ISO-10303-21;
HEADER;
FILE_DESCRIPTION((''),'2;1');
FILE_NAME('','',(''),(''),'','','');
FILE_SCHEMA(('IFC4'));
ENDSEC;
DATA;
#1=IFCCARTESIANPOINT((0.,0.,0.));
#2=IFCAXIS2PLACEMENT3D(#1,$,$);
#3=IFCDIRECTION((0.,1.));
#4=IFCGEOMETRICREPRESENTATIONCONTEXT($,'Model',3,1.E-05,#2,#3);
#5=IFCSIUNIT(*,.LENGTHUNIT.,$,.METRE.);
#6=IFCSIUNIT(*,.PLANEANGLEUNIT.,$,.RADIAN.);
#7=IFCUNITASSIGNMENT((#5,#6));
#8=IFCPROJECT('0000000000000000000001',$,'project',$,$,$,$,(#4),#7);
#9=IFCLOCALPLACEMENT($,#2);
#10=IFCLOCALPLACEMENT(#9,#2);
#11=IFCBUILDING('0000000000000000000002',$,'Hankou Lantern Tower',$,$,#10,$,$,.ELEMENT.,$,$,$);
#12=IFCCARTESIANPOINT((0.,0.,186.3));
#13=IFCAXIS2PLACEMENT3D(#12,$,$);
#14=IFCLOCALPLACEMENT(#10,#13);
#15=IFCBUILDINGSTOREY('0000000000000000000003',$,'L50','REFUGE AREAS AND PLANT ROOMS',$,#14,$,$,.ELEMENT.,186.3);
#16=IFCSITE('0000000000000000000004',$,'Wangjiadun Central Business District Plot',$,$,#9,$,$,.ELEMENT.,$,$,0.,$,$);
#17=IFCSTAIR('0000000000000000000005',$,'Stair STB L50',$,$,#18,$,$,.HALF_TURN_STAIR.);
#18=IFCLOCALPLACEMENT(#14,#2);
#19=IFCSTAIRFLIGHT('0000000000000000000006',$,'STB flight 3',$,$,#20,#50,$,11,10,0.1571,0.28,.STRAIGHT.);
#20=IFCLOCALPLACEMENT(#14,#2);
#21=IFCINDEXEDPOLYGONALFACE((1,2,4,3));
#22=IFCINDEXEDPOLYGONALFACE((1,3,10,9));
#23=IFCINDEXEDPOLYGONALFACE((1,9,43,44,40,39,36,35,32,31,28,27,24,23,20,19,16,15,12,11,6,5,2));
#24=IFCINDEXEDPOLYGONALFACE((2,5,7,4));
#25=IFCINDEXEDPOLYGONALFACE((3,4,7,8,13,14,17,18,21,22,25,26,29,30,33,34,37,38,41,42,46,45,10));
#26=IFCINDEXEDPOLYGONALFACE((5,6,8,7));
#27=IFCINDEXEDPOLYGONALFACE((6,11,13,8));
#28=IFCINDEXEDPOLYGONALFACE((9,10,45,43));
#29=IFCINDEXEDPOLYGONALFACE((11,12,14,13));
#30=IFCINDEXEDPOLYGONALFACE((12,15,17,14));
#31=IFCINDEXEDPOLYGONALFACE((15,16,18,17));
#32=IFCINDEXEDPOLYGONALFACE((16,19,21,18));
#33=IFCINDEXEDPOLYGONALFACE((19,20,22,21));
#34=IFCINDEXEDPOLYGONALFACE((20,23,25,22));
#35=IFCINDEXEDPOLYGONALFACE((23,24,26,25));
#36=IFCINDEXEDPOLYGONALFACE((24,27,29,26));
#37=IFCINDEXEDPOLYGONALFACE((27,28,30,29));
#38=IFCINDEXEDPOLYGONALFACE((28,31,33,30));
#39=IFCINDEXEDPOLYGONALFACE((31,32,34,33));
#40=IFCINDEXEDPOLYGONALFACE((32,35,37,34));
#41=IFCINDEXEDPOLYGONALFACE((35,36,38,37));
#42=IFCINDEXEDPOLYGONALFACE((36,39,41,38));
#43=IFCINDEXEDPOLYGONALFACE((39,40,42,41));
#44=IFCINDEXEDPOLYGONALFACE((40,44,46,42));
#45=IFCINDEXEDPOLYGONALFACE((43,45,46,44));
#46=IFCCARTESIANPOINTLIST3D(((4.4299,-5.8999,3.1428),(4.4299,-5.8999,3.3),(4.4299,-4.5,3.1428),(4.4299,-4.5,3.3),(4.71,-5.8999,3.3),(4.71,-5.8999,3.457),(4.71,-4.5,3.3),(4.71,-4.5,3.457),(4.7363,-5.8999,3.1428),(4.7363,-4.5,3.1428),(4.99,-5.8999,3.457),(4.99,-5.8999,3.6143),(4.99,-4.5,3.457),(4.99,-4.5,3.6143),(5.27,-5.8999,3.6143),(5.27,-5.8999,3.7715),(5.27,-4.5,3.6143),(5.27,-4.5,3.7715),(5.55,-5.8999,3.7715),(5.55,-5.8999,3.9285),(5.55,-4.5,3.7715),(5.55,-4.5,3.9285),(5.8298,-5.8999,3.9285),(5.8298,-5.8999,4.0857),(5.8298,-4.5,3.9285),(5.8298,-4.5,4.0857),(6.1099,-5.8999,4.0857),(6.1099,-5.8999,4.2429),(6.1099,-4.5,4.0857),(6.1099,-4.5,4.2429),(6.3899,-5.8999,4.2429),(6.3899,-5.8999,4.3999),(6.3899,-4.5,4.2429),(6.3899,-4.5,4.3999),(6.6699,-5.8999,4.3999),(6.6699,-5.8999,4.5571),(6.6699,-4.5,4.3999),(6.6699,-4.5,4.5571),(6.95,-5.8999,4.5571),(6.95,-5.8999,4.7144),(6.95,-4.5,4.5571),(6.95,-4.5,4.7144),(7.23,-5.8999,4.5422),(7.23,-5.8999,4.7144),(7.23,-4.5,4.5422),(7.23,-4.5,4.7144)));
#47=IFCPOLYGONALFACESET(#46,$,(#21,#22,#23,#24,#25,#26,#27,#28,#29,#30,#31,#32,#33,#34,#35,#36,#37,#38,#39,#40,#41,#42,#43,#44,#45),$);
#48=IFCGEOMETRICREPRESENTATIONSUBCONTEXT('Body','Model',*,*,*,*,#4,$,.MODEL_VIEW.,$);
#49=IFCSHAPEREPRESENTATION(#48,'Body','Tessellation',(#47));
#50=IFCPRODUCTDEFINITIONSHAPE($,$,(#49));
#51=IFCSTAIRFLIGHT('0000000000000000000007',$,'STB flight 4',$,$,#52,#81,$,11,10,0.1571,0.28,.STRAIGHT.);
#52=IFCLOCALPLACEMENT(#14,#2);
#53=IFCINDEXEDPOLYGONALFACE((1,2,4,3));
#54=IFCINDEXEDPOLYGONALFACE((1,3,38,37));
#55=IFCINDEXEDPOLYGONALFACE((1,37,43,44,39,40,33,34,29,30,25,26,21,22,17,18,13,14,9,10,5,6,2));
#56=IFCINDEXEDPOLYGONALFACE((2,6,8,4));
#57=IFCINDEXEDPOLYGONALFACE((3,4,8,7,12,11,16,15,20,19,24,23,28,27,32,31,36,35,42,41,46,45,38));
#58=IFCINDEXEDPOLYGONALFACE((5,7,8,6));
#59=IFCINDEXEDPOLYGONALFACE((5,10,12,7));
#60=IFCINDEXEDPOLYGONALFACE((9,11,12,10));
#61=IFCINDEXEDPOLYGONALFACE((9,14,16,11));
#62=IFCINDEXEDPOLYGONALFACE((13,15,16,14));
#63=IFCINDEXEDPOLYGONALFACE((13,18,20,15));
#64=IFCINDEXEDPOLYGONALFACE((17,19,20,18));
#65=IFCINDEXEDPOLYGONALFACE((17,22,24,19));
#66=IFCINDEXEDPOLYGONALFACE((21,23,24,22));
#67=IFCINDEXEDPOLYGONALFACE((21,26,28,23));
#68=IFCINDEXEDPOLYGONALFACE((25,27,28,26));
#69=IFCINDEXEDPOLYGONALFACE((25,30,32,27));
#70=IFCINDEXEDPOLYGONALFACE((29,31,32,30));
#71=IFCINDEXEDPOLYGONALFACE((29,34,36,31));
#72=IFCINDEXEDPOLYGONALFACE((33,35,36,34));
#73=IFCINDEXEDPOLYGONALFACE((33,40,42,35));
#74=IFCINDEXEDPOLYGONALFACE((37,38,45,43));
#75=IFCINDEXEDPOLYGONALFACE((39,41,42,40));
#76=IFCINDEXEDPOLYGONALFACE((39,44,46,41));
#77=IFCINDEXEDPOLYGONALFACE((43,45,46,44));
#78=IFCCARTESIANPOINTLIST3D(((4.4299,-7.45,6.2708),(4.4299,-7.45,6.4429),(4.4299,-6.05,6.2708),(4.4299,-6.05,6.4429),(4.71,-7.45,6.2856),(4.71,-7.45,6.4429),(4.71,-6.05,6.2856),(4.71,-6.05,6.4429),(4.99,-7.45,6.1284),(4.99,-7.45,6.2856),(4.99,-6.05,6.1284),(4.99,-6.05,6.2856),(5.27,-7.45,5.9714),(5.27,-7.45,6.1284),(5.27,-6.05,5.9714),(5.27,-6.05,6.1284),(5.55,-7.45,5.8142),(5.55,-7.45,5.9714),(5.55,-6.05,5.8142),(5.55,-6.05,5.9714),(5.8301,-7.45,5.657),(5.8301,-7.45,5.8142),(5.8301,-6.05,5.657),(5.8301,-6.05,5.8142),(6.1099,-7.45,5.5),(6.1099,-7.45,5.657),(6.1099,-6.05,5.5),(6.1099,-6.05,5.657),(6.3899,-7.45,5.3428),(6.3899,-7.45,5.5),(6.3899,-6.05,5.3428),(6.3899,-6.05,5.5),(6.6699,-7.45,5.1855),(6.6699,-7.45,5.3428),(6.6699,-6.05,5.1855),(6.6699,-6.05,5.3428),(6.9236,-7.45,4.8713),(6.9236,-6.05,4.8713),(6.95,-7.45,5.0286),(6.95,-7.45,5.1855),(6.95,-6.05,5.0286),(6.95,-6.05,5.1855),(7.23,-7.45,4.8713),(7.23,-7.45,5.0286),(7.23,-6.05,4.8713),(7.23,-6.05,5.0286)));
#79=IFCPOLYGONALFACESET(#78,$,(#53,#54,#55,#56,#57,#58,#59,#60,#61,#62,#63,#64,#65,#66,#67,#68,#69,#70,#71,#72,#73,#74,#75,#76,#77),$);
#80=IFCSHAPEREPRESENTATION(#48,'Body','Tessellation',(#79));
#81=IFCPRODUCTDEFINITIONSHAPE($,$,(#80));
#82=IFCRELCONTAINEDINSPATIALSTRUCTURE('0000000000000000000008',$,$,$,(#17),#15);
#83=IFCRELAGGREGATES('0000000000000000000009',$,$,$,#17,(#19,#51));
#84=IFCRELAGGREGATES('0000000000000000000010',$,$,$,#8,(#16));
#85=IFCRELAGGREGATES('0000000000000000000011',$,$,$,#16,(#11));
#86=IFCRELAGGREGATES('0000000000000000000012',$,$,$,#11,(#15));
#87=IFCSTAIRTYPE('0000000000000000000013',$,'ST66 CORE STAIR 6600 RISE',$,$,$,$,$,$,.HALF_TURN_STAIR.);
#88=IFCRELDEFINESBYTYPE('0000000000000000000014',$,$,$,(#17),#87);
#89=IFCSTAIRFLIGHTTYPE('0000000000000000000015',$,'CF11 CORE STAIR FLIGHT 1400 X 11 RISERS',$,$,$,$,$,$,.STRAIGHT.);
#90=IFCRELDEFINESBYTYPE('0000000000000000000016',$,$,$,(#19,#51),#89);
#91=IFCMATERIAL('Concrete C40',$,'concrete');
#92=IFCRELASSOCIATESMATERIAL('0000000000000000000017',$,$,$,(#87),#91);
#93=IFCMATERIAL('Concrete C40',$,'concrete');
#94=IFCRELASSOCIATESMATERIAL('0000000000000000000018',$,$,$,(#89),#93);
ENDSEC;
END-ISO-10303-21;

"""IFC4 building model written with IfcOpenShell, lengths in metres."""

from ifc_helpers import new_model, si_unit, direction, frame, origin, place, context, subcontext, project, spatial, polyline, outline, extrude, material, type_object, element, aggregate, save


model = new_model("IFC4")

# Units and contexts
model_context = context("Model", 3, precision=1e-05, world=origin(), true_north=direction((0.0, 1.0)))
body_context = subcontext(model_context, "Body", "Model", "MODEL_VIEW")
ifc_project = project(units=[si_unit("LENGTHUNIT", "METRE"), si_unit("PLANEANGLEUNIT", "RADIAN")], contexts=[model_context])

# Site, building, storey
site_placement = place(None, origin())
site = spatial("IfcSite", under=ifc_project, at=site_placement, Name="Wangjiadun Central Business District Plot", CompositionType="ELEMENT", RefElevation=0.0)
building_placement = place(site_placement, origin())
building = spatial("IfcBuilding", under=site, at=building_placement, Name="Hankou Lantern Tower", CompositionType="ELEMENT")
storey_placement = place(building_placement, frame((0.0, 0.0, 186.3)))
storey = spatial("IfcBuildingStorey", under=building, at=storey_placement, Name="L50", Description="REFUGE AREAS AND PLANT ROOMS", CompositionType="ELEMENT", Elevation=186.3)

# Shared definitions
ifc_material_1 = material(Name="Concrete C40", Category="concrete")
stair_type = type_object("IfcStairType", Name="ST66 CORE STAIR 6600 RISE", PredefinedType="HALF_TURN_STAIR", material=ifc_material_1)

# Stair, stair flights
stair_1_placement = place(storey_placement, origin())
stair_1 = element("IfcStair", 1, at=stair_1_placement, inside=storey, type_object=stair_type, Name="Stair STB L50", PredefinedType="HALF_TURN_STAIR")
ifc_material_2 = material(Name="Concrete C40", Category="concrete")
stair_flight_type_1 = type_object("IfcStairFlightType", Name="CF11 CORE STAIR FLIGHT 1400 X 11 RISERS", PredefinedType="STRAIGHT", material=ifc_material_2)
stair_flight_1_placement = place(storey_placement, frame((4.4299, -5.2, 3.1428), z_axis=(0.0, 0.0, 1.0), x_axis=(1.0, 0.0, 0.0)))
stair_flight_1 = element("IfcStairFlight", 2, at=stair_flight_1_placement, type_object=stair_flight_type_1, Name="STB flight 3", NumberOfRisers=11, NumberOfTreads=10, PredefinedType="STRAIGHT", RiserHeight=0.1571, TreadLength=0.28, context=body_context, shape_type="SweptSolid", body=[
    extrude(outline(polyline([(0.0, 0.0), (0.0, 0.1572), (0.28, 0.1572), (0.28, 0.3142), (0.5601, 0.3142), (0.5601, 0.4714), (0.8401, 0.4714), (0.8401, 0.6287), (1.1201, 0.6287), (1.1201, 0.7856), (1.3999, 0.7856), (1.3999, 0.9429), (1.6799, 0.9429), (1.6799, 1.1001), (1.96, 1.1001), (1.96, 1.2571), (2.24, 1.2571), (2.24, 1.4143), (2.52, 1.4143), (2.52, 1.5715), (2.8, 1.5715), (2.8, 1.7285), (2.8, 1.3994), (0.3064, 0.0), (0.0, 0.0)])), frame((0.0, 0.7, 0.0), z_axis=(0.0, -1.0, 0.0), x_axis=(1.0, 0.0, 0.0)), (0.0, 0.0, 1.0), 1.3999),
])
stair_flight_2_placement = place(storey_placement, frame((7.23, -6.75, 4.8713), z_axis=(0.0, 0.0, 1.0), x_axis=(-1.0, 0.0, 0.0)))
stair_flight_2 = element("IfcStairFlight", 3, at=stair_flight_2_placement, type_object=stair_flight_type_1, Name="STB flight 4", NumberOfRisers=11, NumberOfTreads=10, PredefinedType="STRAIGHT", RiserHeight=0.1571, TreadLength=0.28, context=body_context, shape_type="SweptSolid", body=[
    extrude(outline(polyline([(0.0, 0.0), (0.0, 0.1572), (0.28, 0.1572), (0.28, 0.3142), (0.5601, 0.3142), (0.5601, 0.4714), (0.8401, 0.4714), (0.8401, 0.6287), (1.1201, 0.6287), (1.1201, 0.7856), (1.3999, 0.7856), (1.3999, 0.9429), (1.6799, 0.9429), (1.6799, 1.1001), (1.96, 1.1001), (1.96, 1.2571), (2.24, 1.2571), (2.24, 1.4143), (2.52, 1.4143), (2.52, 1.5715), (2.8, 1.5715), (2.8, 1.7285), (2.8, 1.3994), (0.3064, 0.0), (0.0, 0.0)])), frame((0.0, 0.7, 0.0), z_axis=(0.0, -1.0, 0.0), x_axis=(1.0, 0.0, 0.0)), (0.0, 0.0, 1.0), 1.3999),
])
aggregate(stair_1, [stair_flight_1, stair_flight_2])

save(model, "model.ifc")
